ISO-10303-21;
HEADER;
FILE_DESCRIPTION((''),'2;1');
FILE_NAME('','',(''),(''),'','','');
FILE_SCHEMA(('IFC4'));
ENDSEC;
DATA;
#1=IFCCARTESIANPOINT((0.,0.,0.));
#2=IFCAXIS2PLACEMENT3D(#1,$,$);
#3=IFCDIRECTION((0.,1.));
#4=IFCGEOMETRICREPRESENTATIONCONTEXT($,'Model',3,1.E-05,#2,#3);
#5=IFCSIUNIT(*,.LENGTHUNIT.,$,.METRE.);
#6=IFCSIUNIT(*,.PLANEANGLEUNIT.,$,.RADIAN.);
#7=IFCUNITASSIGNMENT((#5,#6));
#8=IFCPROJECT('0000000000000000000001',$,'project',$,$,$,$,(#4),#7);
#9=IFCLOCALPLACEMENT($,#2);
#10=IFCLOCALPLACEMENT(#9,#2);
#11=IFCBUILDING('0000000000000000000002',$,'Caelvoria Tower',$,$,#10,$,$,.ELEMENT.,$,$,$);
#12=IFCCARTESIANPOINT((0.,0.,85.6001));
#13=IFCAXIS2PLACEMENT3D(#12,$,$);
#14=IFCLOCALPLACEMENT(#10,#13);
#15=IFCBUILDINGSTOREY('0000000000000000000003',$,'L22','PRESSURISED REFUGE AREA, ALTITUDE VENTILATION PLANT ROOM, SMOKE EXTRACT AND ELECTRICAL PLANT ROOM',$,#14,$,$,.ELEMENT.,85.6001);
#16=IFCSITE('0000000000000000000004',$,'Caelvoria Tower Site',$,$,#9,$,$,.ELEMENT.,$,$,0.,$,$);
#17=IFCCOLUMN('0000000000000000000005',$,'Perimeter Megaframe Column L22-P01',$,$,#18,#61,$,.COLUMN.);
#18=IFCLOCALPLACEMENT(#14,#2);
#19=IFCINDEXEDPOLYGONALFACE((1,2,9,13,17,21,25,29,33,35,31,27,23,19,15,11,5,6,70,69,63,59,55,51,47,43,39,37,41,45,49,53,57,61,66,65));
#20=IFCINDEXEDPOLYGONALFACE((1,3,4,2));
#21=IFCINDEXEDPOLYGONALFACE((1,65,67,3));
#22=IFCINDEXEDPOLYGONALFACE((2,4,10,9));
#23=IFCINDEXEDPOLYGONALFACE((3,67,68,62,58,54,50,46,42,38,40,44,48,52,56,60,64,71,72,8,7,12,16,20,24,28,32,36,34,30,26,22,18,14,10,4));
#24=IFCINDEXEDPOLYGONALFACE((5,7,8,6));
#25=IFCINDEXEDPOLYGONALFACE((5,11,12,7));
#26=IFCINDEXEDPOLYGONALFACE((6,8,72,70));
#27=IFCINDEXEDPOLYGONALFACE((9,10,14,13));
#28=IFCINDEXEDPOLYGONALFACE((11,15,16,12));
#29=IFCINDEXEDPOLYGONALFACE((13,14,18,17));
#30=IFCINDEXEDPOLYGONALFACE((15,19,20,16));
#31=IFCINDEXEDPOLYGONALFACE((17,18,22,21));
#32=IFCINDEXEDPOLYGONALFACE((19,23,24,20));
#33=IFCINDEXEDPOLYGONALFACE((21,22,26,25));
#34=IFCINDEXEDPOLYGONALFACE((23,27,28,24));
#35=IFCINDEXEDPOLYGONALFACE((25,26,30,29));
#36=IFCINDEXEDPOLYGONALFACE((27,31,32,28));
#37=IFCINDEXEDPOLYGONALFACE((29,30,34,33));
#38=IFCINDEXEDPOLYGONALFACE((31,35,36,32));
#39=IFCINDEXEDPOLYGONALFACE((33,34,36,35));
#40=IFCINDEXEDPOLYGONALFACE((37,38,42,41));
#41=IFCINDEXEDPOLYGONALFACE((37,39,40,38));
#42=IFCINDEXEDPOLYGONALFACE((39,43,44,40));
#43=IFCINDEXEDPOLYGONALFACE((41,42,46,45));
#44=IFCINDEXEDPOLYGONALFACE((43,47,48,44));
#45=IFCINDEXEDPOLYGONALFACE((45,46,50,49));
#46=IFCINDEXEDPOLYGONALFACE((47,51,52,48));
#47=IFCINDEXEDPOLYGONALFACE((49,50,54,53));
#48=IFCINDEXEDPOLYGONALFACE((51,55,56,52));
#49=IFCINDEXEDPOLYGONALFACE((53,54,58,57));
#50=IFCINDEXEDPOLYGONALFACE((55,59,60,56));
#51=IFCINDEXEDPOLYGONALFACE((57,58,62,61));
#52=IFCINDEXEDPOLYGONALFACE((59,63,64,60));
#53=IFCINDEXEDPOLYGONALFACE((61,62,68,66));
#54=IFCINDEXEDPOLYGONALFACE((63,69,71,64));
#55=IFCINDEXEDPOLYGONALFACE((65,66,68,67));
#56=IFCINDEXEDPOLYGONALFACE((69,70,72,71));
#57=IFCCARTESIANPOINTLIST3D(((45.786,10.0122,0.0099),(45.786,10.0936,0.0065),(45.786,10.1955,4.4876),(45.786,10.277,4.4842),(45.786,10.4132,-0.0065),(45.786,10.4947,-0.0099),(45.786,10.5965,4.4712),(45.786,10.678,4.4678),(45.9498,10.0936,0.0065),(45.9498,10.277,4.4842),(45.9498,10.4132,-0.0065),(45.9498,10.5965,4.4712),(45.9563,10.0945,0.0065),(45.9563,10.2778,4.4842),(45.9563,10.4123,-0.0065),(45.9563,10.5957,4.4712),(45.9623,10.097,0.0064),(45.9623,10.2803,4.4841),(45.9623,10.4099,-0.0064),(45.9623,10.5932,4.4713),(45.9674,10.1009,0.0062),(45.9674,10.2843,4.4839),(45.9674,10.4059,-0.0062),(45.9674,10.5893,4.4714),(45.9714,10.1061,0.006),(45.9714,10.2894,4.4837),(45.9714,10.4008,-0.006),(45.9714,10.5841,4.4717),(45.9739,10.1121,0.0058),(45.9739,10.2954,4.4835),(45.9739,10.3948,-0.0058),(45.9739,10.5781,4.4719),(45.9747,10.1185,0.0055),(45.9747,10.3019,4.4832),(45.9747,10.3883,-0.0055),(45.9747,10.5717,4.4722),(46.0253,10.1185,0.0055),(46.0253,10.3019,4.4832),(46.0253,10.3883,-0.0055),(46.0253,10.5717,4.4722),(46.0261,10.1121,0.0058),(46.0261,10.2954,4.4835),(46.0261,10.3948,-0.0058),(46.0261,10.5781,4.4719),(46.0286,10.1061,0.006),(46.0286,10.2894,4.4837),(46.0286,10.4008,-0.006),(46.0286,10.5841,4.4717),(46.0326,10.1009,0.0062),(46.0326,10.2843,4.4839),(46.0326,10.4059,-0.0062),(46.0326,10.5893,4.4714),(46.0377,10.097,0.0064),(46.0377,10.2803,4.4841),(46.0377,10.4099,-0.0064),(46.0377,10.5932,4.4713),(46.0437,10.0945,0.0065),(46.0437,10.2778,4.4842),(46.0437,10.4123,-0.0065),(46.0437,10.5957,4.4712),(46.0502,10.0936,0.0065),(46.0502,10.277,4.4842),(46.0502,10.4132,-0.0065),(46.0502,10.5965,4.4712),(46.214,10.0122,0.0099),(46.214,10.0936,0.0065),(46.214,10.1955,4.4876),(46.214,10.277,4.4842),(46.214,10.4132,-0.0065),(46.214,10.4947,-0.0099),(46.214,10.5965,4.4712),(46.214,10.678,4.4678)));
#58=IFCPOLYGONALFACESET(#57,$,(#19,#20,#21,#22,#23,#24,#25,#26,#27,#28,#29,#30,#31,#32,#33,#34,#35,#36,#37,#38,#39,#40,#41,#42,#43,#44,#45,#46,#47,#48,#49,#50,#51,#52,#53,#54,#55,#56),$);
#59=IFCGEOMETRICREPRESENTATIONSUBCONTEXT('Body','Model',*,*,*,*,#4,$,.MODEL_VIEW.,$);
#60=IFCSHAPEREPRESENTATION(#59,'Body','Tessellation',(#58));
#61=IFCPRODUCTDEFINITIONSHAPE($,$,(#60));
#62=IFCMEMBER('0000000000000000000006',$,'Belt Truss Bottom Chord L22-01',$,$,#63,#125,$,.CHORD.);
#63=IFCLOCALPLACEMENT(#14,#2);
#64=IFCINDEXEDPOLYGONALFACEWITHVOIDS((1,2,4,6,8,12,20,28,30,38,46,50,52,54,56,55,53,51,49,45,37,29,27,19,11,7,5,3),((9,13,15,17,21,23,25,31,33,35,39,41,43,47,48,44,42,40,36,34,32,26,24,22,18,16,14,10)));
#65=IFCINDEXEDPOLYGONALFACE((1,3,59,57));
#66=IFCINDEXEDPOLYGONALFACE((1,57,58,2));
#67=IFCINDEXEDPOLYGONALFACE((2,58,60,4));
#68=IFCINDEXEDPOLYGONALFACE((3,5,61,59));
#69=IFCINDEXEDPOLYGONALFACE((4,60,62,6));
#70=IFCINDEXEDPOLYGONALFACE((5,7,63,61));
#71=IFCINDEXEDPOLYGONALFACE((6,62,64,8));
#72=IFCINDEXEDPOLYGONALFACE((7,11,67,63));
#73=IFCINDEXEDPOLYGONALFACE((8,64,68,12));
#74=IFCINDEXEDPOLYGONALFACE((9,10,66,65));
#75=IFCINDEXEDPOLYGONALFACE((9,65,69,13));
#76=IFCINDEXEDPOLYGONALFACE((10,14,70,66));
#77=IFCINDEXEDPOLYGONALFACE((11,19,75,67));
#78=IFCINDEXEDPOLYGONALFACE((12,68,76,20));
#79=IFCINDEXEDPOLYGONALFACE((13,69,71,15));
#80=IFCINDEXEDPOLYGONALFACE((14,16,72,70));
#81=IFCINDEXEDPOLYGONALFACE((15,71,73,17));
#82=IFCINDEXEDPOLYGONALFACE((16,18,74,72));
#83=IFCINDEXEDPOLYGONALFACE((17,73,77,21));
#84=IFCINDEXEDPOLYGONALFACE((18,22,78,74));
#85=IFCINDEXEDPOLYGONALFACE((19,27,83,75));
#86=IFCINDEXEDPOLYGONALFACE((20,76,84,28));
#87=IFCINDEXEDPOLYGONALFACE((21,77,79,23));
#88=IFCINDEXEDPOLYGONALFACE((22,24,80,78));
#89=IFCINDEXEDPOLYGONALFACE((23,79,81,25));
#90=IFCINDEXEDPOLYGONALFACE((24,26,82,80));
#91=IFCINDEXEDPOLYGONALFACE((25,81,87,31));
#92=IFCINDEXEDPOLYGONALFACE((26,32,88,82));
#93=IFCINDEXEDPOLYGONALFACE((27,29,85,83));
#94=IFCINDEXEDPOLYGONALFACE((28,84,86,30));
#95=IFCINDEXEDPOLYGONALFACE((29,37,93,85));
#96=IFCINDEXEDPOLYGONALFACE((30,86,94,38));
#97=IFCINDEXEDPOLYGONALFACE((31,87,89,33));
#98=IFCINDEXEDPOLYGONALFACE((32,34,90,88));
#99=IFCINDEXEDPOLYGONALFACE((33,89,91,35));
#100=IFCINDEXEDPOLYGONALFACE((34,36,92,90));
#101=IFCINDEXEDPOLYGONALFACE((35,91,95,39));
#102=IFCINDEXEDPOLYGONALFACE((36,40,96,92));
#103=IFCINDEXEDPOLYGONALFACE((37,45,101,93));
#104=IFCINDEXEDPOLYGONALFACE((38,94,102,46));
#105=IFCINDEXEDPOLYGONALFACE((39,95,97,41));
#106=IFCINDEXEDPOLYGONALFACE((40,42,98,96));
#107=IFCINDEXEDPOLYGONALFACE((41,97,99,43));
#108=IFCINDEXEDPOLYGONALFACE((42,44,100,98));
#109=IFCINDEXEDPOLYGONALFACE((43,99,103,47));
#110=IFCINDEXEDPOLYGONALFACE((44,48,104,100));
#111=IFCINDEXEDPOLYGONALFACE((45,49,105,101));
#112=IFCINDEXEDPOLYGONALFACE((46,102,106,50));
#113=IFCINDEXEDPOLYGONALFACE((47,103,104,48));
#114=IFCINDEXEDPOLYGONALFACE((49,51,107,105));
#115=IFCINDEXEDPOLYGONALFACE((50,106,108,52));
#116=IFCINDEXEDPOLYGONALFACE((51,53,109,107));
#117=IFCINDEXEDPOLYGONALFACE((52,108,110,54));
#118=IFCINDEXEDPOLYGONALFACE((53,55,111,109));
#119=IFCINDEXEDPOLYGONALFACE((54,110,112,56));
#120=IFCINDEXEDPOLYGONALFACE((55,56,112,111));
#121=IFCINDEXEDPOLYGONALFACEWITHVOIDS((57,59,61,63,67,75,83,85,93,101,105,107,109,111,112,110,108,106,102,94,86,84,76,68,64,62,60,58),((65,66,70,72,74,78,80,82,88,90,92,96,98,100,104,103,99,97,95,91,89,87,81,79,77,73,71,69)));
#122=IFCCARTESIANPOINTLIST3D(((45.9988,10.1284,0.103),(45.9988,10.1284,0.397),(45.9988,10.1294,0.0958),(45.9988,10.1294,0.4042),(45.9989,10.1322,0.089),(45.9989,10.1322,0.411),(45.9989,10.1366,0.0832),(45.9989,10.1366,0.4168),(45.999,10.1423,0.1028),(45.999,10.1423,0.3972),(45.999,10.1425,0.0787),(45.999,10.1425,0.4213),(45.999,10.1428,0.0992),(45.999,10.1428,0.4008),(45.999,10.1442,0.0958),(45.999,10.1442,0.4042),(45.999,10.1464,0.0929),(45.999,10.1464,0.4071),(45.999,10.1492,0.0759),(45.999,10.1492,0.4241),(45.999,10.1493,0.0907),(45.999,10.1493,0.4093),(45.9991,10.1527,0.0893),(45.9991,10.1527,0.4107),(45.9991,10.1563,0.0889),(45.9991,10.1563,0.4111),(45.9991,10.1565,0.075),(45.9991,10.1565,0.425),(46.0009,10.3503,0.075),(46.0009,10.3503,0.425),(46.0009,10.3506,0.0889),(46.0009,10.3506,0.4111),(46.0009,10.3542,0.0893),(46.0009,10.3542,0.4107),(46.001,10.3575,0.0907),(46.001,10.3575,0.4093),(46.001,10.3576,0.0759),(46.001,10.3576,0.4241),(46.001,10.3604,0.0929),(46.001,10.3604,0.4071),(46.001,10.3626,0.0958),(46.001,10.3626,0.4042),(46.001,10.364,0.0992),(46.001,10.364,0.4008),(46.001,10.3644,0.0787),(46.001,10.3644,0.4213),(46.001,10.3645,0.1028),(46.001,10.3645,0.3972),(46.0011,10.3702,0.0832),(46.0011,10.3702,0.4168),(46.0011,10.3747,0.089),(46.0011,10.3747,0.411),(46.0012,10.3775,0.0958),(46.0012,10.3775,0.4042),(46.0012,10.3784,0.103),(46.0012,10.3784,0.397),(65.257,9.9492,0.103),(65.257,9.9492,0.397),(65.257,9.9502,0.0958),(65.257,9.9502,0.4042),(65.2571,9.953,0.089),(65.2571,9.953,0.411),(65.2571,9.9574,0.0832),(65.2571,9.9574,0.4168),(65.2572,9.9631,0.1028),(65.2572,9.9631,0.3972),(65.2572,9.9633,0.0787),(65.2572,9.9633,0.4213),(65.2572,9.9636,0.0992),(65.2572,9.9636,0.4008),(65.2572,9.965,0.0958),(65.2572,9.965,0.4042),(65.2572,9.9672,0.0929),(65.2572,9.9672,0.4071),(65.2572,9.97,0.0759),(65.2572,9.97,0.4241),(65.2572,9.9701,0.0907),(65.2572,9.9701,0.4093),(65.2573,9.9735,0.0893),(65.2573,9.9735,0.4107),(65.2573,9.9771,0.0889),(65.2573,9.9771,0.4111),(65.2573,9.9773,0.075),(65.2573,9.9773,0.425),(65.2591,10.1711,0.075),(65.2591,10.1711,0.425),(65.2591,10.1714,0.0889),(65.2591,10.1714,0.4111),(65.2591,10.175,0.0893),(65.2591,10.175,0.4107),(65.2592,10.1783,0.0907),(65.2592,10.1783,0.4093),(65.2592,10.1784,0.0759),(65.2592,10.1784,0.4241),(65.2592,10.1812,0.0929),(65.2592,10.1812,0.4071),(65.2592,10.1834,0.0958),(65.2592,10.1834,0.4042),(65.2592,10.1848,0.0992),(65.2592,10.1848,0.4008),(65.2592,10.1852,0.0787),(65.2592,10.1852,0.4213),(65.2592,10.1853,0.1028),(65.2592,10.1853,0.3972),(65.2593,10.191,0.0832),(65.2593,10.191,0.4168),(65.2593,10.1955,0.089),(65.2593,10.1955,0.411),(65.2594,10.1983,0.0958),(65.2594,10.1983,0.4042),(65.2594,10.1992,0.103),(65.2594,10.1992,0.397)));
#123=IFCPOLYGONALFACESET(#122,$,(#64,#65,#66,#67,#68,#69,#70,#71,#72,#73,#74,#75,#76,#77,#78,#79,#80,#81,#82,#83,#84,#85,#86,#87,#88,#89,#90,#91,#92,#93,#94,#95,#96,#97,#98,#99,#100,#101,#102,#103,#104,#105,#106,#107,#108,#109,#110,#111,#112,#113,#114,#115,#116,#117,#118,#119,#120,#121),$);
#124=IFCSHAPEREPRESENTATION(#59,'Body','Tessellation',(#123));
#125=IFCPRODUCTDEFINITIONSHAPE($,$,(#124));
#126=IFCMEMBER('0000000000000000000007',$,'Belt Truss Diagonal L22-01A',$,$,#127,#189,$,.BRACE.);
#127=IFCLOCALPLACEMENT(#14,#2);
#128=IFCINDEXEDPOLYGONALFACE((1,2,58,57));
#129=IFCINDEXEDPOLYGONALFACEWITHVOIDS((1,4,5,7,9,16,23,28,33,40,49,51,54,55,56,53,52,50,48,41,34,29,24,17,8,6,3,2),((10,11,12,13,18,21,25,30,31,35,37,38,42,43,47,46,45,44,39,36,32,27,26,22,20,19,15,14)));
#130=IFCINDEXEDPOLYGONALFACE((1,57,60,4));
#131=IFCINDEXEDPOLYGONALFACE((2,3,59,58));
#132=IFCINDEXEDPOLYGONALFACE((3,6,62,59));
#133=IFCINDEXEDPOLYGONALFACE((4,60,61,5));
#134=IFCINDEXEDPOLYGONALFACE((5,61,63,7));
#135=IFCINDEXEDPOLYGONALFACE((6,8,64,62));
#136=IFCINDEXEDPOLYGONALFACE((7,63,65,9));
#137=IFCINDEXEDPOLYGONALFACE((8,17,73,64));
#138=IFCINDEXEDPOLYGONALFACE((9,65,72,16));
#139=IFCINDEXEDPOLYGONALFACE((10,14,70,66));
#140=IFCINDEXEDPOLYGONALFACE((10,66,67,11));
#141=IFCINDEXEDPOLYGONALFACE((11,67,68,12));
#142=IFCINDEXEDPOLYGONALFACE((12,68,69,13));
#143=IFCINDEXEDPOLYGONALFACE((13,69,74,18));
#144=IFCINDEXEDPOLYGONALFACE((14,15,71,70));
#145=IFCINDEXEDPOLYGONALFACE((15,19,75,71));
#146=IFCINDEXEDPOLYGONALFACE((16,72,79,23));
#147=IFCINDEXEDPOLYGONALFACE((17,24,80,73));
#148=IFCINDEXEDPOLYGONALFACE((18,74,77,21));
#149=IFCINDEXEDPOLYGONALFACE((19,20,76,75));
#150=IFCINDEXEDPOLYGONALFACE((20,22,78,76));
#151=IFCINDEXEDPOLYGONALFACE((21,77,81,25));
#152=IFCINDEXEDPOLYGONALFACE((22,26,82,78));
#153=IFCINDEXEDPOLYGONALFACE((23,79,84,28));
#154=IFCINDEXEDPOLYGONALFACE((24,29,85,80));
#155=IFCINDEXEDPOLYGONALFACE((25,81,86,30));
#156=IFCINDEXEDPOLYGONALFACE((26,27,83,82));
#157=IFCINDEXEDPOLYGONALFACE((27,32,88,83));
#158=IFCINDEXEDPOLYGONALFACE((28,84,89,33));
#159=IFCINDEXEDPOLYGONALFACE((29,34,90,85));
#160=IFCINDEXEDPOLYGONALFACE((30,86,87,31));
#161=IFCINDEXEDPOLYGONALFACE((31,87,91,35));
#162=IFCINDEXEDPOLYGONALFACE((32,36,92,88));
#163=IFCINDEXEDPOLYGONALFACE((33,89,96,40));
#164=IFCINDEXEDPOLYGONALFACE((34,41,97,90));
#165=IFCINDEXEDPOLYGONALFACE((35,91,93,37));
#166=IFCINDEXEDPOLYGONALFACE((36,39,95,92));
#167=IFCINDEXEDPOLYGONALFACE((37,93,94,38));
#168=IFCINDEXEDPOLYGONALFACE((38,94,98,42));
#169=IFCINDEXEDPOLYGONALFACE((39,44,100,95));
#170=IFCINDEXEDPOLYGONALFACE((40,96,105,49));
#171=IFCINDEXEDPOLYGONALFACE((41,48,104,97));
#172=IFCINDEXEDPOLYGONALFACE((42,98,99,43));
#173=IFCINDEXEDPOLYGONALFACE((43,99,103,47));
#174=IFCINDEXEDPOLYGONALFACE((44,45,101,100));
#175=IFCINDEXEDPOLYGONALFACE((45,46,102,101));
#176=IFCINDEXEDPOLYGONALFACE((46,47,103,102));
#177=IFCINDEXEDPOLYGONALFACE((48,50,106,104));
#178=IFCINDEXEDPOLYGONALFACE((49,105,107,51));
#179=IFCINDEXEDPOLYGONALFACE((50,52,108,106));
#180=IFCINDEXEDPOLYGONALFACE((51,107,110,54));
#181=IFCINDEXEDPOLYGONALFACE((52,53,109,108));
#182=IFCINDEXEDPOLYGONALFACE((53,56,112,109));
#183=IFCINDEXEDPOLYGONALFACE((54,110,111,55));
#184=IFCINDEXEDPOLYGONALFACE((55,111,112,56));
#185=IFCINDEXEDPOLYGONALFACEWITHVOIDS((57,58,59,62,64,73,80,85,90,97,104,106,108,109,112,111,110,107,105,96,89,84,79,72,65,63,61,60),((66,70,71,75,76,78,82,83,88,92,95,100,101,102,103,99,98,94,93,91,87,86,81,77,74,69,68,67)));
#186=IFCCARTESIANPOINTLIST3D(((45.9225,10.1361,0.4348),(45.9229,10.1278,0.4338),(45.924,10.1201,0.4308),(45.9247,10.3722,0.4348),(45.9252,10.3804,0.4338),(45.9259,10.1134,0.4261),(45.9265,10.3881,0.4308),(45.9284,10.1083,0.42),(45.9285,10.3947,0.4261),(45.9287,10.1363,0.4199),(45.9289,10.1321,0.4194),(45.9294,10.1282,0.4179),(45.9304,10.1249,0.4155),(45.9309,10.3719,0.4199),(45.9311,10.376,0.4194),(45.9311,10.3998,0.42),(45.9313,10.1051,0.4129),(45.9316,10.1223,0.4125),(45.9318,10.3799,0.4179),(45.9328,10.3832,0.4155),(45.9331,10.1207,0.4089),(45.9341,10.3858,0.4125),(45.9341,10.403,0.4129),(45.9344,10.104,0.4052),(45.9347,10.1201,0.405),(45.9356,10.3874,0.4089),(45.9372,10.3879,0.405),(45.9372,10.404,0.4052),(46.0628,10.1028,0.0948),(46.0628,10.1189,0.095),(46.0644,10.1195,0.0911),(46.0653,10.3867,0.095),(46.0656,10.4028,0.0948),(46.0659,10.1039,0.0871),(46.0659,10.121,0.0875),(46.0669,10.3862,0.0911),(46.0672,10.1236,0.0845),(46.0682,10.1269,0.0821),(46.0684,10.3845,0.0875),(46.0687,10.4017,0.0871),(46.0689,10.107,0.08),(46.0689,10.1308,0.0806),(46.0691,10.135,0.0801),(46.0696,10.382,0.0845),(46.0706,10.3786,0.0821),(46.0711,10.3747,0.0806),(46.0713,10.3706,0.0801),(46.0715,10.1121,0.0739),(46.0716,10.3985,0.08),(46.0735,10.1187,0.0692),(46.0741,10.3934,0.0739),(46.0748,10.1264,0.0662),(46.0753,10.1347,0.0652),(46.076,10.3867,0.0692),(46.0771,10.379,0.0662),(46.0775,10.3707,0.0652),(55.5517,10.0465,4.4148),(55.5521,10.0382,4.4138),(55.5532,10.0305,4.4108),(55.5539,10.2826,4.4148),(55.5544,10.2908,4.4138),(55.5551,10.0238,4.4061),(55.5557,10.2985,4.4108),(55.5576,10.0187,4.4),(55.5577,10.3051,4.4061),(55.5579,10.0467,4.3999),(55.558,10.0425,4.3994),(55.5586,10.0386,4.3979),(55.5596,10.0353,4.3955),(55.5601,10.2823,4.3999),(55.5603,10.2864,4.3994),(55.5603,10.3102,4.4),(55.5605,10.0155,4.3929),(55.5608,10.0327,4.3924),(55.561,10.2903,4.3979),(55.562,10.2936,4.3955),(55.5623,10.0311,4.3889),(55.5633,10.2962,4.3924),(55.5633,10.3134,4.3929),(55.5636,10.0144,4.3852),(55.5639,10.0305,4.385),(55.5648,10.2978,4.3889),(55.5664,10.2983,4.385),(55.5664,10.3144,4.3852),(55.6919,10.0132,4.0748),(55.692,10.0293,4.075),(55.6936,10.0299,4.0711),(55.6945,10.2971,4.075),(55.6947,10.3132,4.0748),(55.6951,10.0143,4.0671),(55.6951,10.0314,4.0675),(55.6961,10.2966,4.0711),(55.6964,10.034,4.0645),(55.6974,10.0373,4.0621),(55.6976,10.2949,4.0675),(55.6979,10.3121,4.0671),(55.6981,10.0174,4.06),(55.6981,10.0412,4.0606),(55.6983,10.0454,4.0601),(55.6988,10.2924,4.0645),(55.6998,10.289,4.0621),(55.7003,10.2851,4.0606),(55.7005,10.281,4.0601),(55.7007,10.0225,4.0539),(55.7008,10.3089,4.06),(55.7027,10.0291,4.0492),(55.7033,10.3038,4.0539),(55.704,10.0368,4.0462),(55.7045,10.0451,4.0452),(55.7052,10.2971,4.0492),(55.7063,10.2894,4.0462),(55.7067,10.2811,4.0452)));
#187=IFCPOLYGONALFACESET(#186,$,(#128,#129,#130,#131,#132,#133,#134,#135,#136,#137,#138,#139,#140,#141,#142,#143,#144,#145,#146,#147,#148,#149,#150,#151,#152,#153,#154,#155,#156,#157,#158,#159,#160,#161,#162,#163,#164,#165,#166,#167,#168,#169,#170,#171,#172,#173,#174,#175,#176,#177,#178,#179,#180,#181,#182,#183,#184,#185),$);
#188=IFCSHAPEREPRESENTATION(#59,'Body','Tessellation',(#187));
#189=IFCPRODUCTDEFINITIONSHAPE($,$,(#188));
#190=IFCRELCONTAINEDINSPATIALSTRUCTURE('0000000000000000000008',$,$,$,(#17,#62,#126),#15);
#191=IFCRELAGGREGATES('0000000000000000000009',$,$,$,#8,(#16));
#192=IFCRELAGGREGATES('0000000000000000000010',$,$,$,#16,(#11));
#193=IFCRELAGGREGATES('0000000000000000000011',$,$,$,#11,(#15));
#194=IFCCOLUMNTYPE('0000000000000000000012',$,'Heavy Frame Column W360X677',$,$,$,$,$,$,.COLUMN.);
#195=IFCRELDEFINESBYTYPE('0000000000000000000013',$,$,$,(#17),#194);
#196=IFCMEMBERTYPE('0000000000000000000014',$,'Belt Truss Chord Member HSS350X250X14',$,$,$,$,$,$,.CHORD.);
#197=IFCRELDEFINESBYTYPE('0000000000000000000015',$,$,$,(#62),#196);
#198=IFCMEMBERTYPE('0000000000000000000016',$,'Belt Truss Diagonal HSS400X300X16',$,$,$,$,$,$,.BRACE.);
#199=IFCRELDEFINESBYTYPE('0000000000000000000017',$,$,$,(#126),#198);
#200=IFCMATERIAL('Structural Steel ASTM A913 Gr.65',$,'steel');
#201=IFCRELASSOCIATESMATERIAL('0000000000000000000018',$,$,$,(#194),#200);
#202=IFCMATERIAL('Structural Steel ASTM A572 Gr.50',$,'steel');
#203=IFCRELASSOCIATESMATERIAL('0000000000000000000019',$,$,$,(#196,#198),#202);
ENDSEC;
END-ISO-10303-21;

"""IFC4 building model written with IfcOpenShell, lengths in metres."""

from ifc_helpers import new_model, si_unit, direction, frame, origin, origin_2d, place, context, subcontext, project, spatial, hollow_rectangle, i_section, extrude, material, material_profile, profile_set, type_object, element, save


model = new_model("IFC4")

# Units and contexts
model_context = context("Model", 3, precision=1e-05, world=origin(), true_north=direction((0.0, 1.0)))
body_context = subcontext(model_context, "Body", "Model", "MODEL_VIEW")
ifc_project = project(units=[si_unit("LENGTHUNIT", "METRE"), si_unit("PLANEANGLEUNIT", "RADIAN")], contexts=[model_context])

# Site, building, storey
site_placement = place(None, origin())
site = spatial("IfcSite", under=ifc_project, at=site_placement, Name="Caelvoria Tower Site", CompositionType="ELEMENT", RefElevation=0.0)
building_placement = place(site_placement, origin())
building = spatial("IfcBuilding", under=site, at=building_placement, Name="Caelvoria Tower", CompositionType="ELEMENT")
storey_placement = place(building_placement, frame((0.0, 0.0, 85.6001)))
storey = spatial("IfcBuildingStorey", under=building, at=storey_placement, Name="L22", Description="PRESSURISED REFUGE AREA, ALTITUDE VENTILATION PLANT ROOM, SMOKE EXTRACT AND ELECTRICAL PLANT ROOM", CompositionType="ELEMENT", Elevation=85.6001)

# Column
ifc_material_1 = material(Name="Structural Steel ASTM A913 Gr.65", Category="steel")
ifc_material_profile_1 = material_profile(ifc_material_1, i_section(OverallWidth=0.428, OverallDepth=0.4829, WebThickness=0.0505, FlangeThickness=0.0815, FilletRadius=0.0249, at=origin_2d()), Name="Structural Steel ASTM A913 Gr.65")
ifc_profile_set_1 = profile_set([ifc_material_profile_1], Name="W360X677 - Structural Steel ASTM A913 Gr.65")
column_type = type_object("IfcColumnType", Name="Heavy Frame Column W360X677", PredefinedType="COLUMN", material=ifc_profile_set_1)
column_placement = place(storey_placement, frame((46.0, 10.2534, 0.0), z_axis=(0.0, 0.040912, 0.999163), x_axis=(-1.0, 0.0, 0.0)))
element("IfcColumn", 1, at=column_placement, inside=storey, type_object=column_type, Name="Perimeter Megaframe Column L22-P01", PredefinedType="COLUMN", context=body_context, shape_type="SweptSolid", body=[
    extrude(i_section(OverallWidth=0.428, OverallDepth=0.4829, WebThickness=0.0505, FlangeThickness=0.0815, FilletRadius=0.0249, at=origin_2d()), origin(), (0.0, 0.0, 1.0), 4.4814),
])

# Members
ifc_material_2 = material(Name="Structural Steel ASTM A572 Gr.50", Category="steel")
ifc_material_profile_2 = material_profile(ifc_material_2, hollow_rectangle(XDim=0.25, YDim=0.3501, WallThickness=0.0139, InnerFilletRadius=0.0139, OuterFilletRadius=0.0281, at=origin_2d()), Name="Structural Steel ASTM A572 Gr.50")
ifc_profile_set_2 = profile_set([ifc_material_profile_2], Name="HSS350X250X14 - Structural Steel ASTM A572 Gr.50")
member_type_1 = type_object("IfcMemberType", Name="Belt Truss Chord Member HSS350X250X14", PredefinedType="CHORD", material=ifc_profile_set_2)
member_1_placement = place(storey_placement, frame((46.0, 10.2534, 0.25), z_axis=(0.999957, -0.009305, 0.0), x_axis=(0.009305, 0.999957, 0.0)))
element("IfcMember", 2, at=member_1_placement, inside=storey, type_object=member_type_1, Name="Belt Truss Bottom Chord L22-01", PredefinedType="CHORD", context=body_context, shape_type="SweptSolid", body=[
    extrude(hollow_rectangle(XDim=0.25, YDim=0.3501, WallThickness=0.0139, InnerFilletRadius=0.0139, OuterFilletRadius=0.0281, at=origin_2d()), origin(), (0.0, 0.0, 1.0), 19.259),
])
ifc_material_profile_3 = material_profile(ifc_material_2, hollow_rectangle(XDim=0.3, YDim=0.3999, WallThickness=0.0161, InnerFilletRadius=0.0161, OuterFilletRadius=0.032, at=origin_2d()), Name="Structural Steel ASTM A572 Gr.50")
ifc_profile_set_3 = profile_set([ifc_material_profile_3], Name="HSS400X300X16 - Structural Steel ASTM A572 Gr.50")
member_type_2 = type_object("IfcMemberType", Name="Belt Truss Diagonal HSS400X300X16", PredefinedType="BRACE", material=ifc_profile_set_3)
for number, where, z_axis, x_axis, name in (
    (3, (46.0, 10.2534, 0.25), (0.924135, -0.008599, 0.381969), (0.009305, 0.999957, 0.0), "Belt Truss Diagonal L22-01A"),
):
    element("IfcMember", number, at=place(storey_placement, frame(where, z_axis=z_axis, x_axis=x_axis)), inside=storey, type_object=member_type_2, Name=name, PredefinedType="BRACE", context=body_context, shape_type="SweptSolid", body=[
        extrude(hollow_rectangle(XDim=0.3, YDim=0.3999, WallThickness=0.0161, InnerFilletRadius=0.0161, OuterFilletRadius=0.032, at=origin_2d()), origin(), (0.0, 0.0, 1.0), 10.4197),
    ])

save(model, "model.ifc")
